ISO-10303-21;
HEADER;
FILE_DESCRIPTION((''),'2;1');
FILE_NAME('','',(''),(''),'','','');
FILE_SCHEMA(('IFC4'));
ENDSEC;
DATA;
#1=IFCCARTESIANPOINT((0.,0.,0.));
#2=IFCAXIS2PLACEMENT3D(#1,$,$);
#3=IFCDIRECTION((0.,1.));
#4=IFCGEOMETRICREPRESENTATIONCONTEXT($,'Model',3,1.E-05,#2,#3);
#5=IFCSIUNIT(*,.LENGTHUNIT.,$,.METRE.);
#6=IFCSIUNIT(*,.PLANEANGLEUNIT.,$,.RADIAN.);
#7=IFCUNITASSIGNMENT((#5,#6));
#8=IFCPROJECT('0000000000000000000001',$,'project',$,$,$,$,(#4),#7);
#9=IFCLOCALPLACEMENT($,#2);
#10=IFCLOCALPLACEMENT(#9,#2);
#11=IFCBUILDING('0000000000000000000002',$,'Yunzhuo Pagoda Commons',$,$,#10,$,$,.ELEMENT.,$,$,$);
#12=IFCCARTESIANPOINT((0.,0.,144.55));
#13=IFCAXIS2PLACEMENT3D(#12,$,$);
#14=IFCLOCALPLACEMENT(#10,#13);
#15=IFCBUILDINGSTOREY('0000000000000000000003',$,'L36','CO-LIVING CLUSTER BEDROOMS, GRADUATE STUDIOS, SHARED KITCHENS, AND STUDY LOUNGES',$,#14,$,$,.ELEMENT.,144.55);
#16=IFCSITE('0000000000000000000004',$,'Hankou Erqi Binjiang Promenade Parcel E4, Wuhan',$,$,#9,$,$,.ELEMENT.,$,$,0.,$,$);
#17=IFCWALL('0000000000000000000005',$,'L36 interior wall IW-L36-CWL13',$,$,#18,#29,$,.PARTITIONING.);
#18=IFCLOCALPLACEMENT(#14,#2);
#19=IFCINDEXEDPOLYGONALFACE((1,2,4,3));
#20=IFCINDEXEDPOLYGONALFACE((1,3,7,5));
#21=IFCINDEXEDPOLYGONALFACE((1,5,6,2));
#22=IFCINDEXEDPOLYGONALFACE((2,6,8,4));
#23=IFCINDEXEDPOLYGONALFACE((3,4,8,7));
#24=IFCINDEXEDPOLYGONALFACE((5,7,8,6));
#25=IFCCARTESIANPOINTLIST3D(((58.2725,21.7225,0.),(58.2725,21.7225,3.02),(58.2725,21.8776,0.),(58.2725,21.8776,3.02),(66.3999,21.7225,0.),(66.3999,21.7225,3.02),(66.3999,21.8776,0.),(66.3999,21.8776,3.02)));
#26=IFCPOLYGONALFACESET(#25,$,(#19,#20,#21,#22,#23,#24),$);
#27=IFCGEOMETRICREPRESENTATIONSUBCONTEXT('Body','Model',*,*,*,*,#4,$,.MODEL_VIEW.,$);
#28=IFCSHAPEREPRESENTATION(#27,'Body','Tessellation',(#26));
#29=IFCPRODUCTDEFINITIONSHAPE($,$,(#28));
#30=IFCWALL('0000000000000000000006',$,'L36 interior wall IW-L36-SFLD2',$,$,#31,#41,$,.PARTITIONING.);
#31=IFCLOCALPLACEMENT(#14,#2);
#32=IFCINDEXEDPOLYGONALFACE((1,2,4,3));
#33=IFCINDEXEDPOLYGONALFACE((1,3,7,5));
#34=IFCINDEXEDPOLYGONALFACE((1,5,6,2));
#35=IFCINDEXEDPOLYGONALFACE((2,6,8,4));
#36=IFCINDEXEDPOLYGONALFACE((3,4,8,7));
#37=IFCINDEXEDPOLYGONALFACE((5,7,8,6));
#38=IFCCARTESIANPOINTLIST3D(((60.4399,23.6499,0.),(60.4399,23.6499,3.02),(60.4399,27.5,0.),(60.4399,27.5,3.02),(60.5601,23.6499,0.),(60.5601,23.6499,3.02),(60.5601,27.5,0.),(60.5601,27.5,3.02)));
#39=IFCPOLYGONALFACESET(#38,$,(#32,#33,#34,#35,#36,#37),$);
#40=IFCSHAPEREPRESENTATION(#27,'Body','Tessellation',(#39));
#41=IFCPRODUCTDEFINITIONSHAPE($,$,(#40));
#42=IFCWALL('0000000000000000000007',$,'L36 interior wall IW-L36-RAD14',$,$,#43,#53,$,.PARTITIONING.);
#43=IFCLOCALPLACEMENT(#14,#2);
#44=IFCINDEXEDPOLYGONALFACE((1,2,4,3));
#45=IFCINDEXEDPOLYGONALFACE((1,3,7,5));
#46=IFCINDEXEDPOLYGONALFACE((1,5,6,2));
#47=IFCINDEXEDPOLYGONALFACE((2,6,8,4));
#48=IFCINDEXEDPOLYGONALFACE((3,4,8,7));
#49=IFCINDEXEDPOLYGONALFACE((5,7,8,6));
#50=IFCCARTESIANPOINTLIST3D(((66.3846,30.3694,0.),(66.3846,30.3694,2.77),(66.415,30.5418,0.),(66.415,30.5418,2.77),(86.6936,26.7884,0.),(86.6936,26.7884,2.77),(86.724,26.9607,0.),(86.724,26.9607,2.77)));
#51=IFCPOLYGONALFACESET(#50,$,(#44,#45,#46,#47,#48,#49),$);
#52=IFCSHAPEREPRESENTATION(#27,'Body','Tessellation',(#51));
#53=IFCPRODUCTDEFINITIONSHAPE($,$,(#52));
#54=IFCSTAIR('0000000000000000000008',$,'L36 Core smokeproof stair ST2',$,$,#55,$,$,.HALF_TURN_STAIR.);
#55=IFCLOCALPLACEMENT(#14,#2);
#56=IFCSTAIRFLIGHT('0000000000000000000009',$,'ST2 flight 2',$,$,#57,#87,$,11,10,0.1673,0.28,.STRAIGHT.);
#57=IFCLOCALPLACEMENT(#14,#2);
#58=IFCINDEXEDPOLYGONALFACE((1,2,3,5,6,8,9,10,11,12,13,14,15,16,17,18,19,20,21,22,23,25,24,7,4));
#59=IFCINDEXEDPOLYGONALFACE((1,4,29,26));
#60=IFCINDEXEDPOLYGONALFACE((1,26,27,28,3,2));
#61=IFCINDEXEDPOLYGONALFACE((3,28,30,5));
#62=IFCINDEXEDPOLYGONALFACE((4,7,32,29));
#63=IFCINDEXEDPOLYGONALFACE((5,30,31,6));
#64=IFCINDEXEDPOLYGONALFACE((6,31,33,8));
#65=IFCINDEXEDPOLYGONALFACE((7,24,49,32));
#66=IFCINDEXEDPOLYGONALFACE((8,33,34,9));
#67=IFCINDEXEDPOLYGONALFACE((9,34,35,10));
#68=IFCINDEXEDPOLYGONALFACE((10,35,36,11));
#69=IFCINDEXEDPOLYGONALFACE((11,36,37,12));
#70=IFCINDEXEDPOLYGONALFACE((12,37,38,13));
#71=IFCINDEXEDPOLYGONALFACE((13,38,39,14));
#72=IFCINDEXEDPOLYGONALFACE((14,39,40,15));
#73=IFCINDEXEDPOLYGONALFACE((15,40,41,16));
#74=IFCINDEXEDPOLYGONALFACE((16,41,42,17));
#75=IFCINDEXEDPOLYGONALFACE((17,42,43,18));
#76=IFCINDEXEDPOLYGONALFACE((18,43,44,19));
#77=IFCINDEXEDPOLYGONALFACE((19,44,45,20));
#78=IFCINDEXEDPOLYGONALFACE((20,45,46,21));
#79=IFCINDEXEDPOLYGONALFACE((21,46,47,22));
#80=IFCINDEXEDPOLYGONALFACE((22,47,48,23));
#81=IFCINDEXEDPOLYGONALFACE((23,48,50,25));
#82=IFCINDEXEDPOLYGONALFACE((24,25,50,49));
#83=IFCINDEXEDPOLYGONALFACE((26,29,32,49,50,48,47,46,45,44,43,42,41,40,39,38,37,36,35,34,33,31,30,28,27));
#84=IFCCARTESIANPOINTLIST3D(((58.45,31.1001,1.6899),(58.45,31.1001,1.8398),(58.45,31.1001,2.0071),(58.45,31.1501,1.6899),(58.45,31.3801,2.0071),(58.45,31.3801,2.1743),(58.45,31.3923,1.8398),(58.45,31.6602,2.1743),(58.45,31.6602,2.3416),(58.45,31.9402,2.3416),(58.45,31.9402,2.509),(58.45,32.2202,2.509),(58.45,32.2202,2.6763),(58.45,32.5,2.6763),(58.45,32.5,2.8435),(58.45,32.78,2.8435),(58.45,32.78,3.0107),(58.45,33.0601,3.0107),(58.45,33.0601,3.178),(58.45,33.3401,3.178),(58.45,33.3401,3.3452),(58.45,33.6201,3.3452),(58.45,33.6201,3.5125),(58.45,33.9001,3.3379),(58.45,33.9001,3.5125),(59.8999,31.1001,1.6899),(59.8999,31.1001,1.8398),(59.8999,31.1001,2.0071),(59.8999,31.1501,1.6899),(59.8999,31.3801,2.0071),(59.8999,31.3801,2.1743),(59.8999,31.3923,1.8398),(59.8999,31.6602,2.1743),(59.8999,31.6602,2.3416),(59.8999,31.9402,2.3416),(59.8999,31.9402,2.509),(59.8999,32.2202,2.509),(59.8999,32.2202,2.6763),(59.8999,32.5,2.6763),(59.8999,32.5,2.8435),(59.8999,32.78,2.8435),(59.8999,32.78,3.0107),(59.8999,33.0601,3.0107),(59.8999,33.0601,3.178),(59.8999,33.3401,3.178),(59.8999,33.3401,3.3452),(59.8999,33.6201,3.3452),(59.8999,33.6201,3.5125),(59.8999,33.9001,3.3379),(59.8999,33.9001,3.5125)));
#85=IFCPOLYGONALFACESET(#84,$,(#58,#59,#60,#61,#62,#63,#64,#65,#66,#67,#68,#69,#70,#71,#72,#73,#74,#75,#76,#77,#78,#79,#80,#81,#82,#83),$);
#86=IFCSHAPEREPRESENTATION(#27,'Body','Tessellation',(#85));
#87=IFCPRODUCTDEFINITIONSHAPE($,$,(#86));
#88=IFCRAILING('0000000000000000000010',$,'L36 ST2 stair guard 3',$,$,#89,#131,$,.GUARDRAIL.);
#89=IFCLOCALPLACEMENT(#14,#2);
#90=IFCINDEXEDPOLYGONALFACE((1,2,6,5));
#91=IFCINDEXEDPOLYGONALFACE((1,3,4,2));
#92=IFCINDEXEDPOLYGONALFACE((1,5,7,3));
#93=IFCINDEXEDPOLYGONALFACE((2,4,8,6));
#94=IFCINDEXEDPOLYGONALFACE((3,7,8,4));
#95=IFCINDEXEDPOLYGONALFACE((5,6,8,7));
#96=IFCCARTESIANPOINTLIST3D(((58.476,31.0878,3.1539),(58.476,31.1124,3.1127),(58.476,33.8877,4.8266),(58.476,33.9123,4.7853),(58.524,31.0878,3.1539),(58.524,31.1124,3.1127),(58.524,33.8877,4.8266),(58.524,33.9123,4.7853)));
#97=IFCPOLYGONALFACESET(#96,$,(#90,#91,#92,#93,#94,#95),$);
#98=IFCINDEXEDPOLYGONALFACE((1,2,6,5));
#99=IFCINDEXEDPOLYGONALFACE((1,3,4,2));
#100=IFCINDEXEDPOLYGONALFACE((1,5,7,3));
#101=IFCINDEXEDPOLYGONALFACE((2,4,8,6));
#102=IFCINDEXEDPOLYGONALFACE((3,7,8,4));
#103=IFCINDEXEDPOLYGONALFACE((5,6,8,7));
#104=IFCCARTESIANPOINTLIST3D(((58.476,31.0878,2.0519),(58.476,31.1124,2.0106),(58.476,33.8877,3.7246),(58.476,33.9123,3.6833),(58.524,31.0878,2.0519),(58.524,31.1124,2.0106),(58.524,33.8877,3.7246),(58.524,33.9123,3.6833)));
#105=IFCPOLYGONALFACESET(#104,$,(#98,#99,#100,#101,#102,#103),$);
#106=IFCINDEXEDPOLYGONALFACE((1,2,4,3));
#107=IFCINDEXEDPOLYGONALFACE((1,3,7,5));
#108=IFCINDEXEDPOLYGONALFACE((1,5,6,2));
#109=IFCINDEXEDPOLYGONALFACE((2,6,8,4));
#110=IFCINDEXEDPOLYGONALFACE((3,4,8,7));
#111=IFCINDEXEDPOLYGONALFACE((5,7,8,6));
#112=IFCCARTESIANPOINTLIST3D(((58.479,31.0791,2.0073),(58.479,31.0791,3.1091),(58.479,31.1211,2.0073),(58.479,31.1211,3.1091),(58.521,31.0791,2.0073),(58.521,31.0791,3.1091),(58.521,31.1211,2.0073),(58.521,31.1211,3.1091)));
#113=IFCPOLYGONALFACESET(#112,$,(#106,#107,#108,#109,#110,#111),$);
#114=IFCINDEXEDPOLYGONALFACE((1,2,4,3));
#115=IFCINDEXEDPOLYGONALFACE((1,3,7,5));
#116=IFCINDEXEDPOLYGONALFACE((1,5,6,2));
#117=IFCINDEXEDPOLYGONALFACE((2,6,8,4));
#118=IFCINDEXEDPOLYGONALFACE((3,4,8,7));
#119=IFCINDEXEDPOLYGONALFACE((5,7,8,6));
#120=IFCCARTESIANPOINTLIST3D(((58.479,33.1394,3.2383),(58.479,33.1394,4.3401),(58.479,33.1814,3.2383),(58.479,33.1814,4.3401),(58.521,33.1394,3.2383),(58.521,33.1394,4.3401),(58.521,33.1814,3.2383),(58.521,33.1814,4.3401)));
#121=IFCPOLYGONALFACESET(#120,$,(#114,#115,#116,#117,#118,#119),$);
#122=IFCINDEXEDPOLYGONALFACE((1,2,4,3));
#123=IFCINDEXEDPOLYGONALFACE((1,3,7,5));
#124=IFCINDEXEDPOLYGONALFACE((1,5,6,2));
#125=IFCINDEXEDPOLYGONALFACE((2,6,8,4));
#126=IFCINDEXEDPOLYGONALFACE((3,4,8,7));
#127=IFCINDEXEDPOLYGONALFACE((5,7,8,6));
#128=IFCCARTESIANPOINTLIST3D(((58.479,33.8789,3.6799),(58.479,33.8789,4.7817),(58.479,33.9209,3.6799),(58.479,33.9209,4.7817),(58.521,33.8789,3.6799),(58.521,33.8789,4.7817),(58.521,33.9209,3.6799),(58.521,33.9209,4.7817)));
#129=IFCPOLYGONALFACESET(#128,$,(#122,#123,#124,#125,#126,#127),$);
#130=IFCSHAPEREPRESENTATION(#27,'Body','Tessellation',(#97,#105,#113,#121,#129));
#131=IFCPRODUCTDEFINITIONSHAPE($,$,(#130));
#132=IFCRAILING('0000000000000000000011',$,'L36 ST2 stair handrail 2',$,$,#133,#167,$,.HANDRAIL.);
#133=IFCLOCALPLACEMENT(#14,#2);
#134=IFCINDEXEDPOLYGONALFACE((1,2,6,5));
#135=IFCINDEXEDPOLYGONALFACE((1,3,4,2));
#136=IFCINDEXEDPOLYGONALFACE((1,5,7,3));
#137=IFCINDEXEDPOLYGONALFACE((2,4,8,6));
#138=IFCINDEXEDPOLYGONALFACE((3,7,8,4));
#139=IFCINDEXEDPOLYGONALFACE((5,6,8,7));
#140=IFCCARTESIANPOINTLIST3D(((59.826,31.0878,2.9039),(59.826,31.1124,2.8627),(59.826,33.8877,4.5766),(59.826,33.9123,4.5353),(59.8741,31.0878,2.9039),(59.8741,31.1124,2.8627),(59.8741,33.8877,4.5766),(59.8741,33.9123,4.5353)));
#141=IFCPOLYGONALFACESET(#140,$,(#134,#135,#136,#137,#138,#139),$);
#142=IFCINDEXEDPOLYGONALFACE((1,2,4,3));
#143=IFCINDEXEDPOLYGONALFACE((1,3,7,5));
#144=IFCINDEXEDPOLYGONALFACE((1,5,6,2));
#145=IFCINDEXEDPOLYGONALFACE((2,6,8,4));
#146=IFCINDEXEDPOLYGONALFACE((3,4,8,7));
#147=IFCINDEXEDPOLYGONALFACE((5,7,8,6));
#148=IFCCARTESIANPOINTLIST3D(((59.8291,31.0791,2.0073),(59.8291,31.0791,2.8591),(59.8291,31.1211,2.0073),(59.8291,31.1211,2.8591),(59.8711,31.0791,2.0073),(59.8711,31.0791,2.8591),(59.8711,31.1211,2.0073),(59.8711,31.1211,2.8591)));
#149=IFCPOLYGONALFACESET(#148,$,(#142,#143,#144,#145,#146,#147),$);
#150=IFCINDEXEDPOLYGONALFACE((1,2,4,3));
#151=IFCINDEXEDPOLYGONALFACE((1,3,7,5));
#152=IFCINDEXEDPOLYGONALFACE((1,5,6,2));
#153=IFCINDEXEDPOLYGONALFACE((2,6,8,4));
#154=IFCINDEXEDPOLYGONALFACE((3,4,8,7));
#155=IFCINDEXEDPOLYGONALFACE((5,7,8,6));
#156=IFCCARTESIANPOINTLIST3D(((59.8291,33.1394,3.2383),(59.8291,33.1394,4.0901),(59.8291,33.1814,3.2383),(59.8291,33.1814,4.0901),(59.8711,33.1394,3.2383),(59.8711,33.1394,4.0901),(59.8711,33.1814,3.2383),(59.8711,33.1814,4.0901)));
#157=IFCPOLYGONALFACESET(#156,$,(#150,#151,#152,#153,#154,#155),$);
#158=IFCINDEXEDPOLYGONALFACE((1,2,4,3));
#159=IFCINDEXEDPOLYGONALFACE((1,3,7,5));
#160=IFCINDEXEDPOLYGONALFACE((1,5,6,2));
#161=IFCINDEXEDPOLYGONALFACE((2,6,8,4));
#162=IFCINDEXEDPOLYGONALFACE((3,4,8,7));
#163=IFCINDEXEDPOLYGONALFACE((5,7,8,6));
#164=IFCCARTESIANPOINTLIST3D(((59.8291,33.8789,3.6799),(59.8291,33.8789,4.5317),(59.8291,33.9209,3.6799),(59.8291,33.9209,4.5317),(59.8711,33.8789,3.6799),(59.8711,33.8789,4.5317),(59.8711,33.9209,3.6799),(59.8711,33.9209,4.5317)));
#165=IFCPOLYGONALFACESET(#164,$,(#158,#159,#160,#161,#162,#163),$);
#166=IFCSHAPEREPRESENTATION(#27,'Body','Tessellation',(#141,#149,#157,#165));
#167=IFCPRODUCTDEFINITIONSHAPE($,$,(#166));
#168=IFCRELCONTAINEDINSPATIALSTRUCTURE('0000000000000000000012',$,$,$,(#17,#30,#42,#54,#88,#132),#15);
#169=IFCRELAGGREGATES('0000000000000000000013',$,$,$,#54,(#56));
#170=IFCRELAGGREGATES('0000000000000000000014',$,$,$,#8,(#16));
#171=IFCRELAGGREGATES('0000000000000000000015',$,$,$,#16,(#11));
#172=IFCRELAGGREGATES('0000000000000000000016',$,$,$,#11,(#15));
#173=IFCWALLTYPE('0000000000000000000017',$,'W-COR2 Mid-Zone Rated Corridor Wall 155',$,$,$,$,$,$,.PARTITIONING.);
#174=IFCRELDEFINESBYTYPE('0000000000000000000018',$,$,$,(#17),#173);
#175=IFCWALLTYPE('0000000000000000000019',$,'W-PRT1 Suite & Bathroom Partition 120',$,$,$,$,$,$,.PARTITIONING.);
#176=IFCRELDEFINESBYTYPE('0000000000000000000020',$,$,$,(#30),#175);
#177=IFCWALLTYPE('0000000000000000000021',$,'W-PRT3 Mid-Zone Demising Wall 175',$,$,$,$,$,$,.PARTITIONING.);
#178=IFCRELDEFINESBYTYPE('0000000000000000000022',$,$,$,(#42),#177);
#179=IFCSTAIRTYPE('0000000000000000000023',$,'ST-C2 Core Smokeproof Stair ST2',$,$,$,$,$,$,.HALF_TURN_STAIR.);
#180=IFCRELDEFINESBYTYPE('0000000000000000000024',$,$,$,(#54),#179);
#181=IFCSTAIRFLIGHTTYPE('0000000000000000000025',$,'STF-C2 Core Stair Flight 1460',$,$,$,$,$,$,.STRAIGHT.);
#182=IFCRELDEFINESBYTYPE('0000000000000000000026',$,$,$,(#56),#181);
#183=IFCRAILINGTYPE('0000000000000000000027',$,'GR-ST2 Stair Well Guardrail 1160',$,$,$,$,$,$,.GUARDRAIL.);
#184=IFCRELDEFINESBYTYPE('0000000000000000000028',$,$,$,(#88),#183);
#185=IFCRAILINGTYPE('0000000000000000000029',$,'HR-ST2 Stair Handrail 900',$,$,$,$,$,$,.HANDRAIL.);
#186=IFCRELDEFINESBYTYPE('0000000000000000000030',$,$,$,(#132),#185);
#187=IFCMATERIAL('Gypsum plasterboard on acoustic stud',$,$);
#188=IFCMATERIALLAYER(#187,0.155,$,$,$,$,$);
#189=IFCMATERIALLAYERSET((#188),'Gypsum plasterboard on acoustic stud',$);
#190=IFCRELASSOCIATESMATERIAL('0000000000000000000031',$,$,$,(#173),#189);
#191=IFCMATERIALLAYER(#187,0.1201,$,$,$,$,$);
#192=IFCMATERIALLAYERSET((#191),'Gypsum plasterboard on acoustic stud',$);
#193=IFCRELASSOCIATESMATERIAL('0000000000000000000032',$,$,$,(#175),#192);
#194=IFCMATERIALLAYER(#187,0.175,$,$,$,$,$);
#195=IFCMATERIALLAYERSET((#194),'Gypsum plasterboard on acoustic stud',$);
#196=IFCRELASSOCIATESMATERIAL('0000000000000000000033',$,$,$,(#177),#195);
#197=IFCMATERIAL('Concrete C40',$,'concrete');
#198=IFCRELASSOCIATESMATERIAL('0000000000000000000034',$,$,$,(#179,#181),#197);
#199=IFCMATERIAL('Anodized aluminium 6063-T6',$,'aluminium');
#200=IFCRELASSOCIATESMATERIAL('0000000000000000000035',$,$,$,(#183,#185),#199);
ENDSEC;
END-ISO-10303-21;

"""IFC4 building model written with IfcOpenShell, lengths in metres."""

from ifc_helpers import new_model, si_unit, direction, frame, frame_2d, origin, origin_2d, place, context, subcontext, project, spatial, polyline, rectangle, outline, extrude, source, transform, mapped, material, layer, layer_set, type_object, element, aggregate, save


model = new_model("IFC4")

# Units and contexts
model_context = context("Model", 3, precision=1e-05, world=origin(), true_north=direction((0.0, 1.0)))
body_context = subcontext(model_context, "Body", "Model", "MODEL_VIEW")
ifc_project = project(units=[si_unit("LENGTHUNIT", "METRE"), si_unit("PLANEANGLEUNIT", "RADIAN")], contexts=[model_context])

# Site, building, storey
site_placement = place(None, origin())
site = spatial("IfcSite", under=ifc_project, at=site_placement, Name="Hankou Erqi Binjiang Promenade Parcel E4, Wuhan", CompositionType="ELEMENT", RefElevation=0.0)
building_placement = place(site_placement, origin())
building = spatial("IfcBuilding", under=site, at=building_placement, Name="Yunzhuo Pagoda Commons", CompositionType="ELEMENT")
storey_placement = place(building_placement, frame((0.0, 0.0, 144.55)))
storey = spatial("IfcBuildingStorey", under=building, at=storey_placement, Name="L36", Description="CO-LIVING CLUSTER BEDROOMS, GRADUATE STUDIOS, SHARED KITCHENS, AND STUDY LOUNGES", CompositionType="ELEMENT", Elevation=144.55)

# Shared definitions
ifc_material_1 = material(Name="Anodized aluminium 6063-T6", Category="aluminium")

# Shared definitions
ifc_material_2 = material(Name="Gypsum plasterboard on acoustic stud")
ifc_layer_1 = layer(ifc_material_2, 0.155)
ifc_layer_set_1 = layer_set([ifc_layer_1], Name="Gypsum plasterboard on acoustic stud")
wall_type_1 = type_object("IfcWallType", Name="W-COR2 Mid-Zone Rated Corridor Wall 155", PredefinedType="PARTITIONING", material=ifc_layer_set_1)

# Walls
wall_1_placement = place(storey_placement, frame((66.3999, 21.8, 0.0), z_axis=(0.0, 0.0, 1.0), x_axis=(-1.0, 0.0, 0.0)))
element("IfcWall", 1, at=wall_1_placement, inside=storey, type_object=wall_type_1, Name="L36 interior wall IW-L36-CWL13", PredefinedType="PARTITIONING", context=body_context, shape_type="SweptSolid", body=[
    extrude(rectangle(XDim=8.1274, YDim=0.155, at=frame_2d((4.0637, 0.0))), origin(), (0.0, 0.0, 1.0), 3.02),
])
ifc_layer_2 = layer(ifc_material_2, 0.1201)
ifc_layer_set_2 = layer_set([ifc_layer_2], Name="Gypsum plasterboard on acoustic stud")
wall_type_2 = type_object("IfcWallType", Name="W-PRT1 Suite & Bathroom Partition 120", PredefinedType="PARTITIONING", material=ifc_layer_set_2)
wall_2_placement = place(storey_placement, frame((60.5, 23.6499, 0.0), z_axis=(0.0, 0.0, 1.0), x_axis=(0.0, 1.0, 0.0)))
element("IfcWall", 2, at=wall_2_placement, inside=storey, type_object=wall_type_2, Name="L36 interior wall IW-L36-SFLD2", PredefinedType="PARTITIONING", context=body_context, shape_type="SweptSolid", body=[
    extrude(rectangle(XDim=3.8501, YDim=0.1201, at=frame_2d((1.925, 0.0))), origin(), (0.0, 0.0, 1.0), 3.02),
])
ifc_layer_3 = layer(ifc_material_2, 0.175)
ifc_layer_set_3 = layer_set([ifc_layer_3], Name="Gypsum plasterboard on acoustic stud")
wall_type_3 = type_object("IfcWallType", Name="W-PRT3 Mid-Zone Demising Wall 175", PredefinedType="PARTITIONING", material=ifc_layer_set_3)
wall_3_placement = place(storey_placement, frame((66.3999, 30.4556, 0.0), z_axis=(0.0, 0.0, 1.0), x_axis=(0.984808, -0.173649, 0.0)))
element("IfcWall", 3, at=wall_3_placement, inside=storey, type_object=wall_type_3, Name="L36 interior wall IW-L36-RAD14", PredefinedType="PARTITIONING", context=body_context, shape_type="SweptSolid", body=[
    extrude(rectangle(XDim=20.6223, YDim=0.175, at=frame_2d((10.311, 0.0))), origin(), (0.0, 0.0, 1.0), 2.77),
])

# Stair, stair flight
ifc_material_3 = material(Name="Concrete C40", Category="concrete")
stair_type = type_object("IfcStairType", Name="ST-C2 Core Smokeproof Stair ST2", PredefinedType="HALF_TURN_STAIR", material=ifc_material_3)
stair_placement = place(storey_placement, origin())
stair = element("IfcStair", 4, at=stair_placement, inside=storey, type_object=stair_type, Name="L36 Core smokeproof stair ST2", PredefinedType="HALF_TURN_STAIR")
stair_flight_type = type_object("IfcStairFlightType", Name="STF-C2 Core Stair Flight 1460", PredefinedType="STRAIGHT", material=ifc_material_3)
shared_shape_1 = source(origin(), body_context, "Body", "SweptSolid", [
    extrude(outline(polyline([(0.0, -0.1499), (0.0, 0.0), (0.0, 0.1672), (0.28, 0.1672), (0.28, 0.3345), (0.5601, 0.3345), (0.5601, 0.5017), (0.8401, 0.5017), (0.8401, 0.6692), (1.1201, 0.6692), (1.1201, 0.8364), (1.3999, 0.8364), (1.3999, 1.0037), (1.6799, 1.0037), (1.6799, 1.1709), (1.96, 1.1709), (1.96, 1.3381), (2.24, 1.3381), (2.24, 1.5054), (2.52, 1.5054), (2.52, 1.6726), (2.8, 1.6726), (2.8, 1.8401), (2.8, 1.498), (0.2922, 0.0), (0.05, -0.1499), (0.0, -0.1499)])), frame((0.0, 0.7251, 0.0), z_axis=(0.0, -1.0, 0.0), x_axis=(1.0, 0.0, 0.0)), (0.0, 0.0, 1.0), 1.45),
])
stair_flight_placement = place(storey_placement, frame((59.175, 31.1001, 1.8398), z_axis=(0.0, 0.0, 1.0), x_axis=(0.0, 1.0, 0.0)))
stair_flight = element("IfcStairFlight", 5, at=stair_flight_placement, type_object=stair_flight_type, Name="ST2 flight 2", NumberOfRisers=11, NumberOfTreads=10, PredefinedType="STRAIGHT", RiserHeight=0.1673, TreadLength=0.28, context=body_context, shape_type="MappedRepresentation", body=[
    mapped(shared_shape_1, transform((0.0, 0.0, 0.0), scale=1.0)),
])
aggregate(stair, [stair_flight])

# Railings
railing_type_1 = type_object("IfcRailingType", Name="GR-ST2 Stair Well Guardrail 1160", PredefinedType="GUARDRAIL", material=ifc_material_1)
railing_1_placement = place(storey_placement, frame((58.5, 31.1001, 2.0073)))
element("IfcRailing", 6, at=railing_1_placement, inside=storey, type_object=railing_type_1, Name="L36 ST2 stair guard 3", PredefinedType="GUARDRAIL", context=body_context, shape_type="SweptSolid", body=[
    extrude(rectangle(XDim=0.0481, YDim=0.0481, at=origin_2d()), frame((0.0, 0.0, 1.126), z_axis=(0.0, 0.858476, 0.512855), x_axis=(-1.0, 0.0, 0.0)), (0.0, 0.0, 1.0), 3.2615),
    extrude(rectangle(XDim=0.0481, YDim=0.0481, at=origin_2d()), frame((0.0, 0.0, 0.0239), z_axis=(0.0, 0.858476, 0.512855), x_axis=(-1.0, 0.0, 0.0)), (0.0, 0.0, 1.0), 3.2615),
    extrude(rectangle(XDim=0.042, YDim=0.042, at=origin_2d()), origin(), (0.0, 0.0, 1.0), 1.1018),
    extrude(rectangle(XDim=0.042, YDim=0.042, at=origin_2d()), frame((0.0, 2.0603, 1.231)), (0.0, 0.0, 1.0), 1.1018),
    extrude(rectangle(XDim=0.042, YDim=0.042, at=origin_2d()), frame((0.0, 2.7998, 1.6726)), (0.0, 0.0, 1.0), 1.1018),
])
railing_type_2 = type_object("IfcRailingType", Name="HR-ST2 Stair Handrail 900", PredefinedType="HANDRAIL", material=ifc_material_1)
railing_2_placement = place(storey_placement, frame((59.8501, 31.1001, 2.0073)))
element("IfcRailing", 7, at=railing_2_placement, inside=storey, type_object=railing_type_2, Name="L36 ST2 stair handrail 2", PredefinedType="HANDRAIL", context=body_context, shape_type="SweptSolid", body=[
    extrude(rectangle(XDim=0.0481, YDim=0.0481, at=origin_2d()), frame((0.0, 0.0, 0.876), z_axis=(0.0, 0.858476, 0.512855), x_axis=(-1.0, 0.0, 0.0)), (0.0, 0.0, 1.0), 3.2615),
    extrude(rectangle(XDim=0.042, YDim=0.042, at=origin_2d()), origin(), (0.0, 0.0, 1.0), 0.8518),
    extrude(rectangle(XDim=0.042, YDim=0.042, at=origin_2d()), frame((0.0, 2.0603, 1.231)), (0.0, 0.0, 1.0), 0.8518),
    extrude(rectangle(XDim=0.042, YDim=0.042, at=origin_2d()), frame((0.0, 2.7998, 1.6726)), (0.0, 0.0, 1.0), 0.8518),
])

save(model, "model.ifc")
